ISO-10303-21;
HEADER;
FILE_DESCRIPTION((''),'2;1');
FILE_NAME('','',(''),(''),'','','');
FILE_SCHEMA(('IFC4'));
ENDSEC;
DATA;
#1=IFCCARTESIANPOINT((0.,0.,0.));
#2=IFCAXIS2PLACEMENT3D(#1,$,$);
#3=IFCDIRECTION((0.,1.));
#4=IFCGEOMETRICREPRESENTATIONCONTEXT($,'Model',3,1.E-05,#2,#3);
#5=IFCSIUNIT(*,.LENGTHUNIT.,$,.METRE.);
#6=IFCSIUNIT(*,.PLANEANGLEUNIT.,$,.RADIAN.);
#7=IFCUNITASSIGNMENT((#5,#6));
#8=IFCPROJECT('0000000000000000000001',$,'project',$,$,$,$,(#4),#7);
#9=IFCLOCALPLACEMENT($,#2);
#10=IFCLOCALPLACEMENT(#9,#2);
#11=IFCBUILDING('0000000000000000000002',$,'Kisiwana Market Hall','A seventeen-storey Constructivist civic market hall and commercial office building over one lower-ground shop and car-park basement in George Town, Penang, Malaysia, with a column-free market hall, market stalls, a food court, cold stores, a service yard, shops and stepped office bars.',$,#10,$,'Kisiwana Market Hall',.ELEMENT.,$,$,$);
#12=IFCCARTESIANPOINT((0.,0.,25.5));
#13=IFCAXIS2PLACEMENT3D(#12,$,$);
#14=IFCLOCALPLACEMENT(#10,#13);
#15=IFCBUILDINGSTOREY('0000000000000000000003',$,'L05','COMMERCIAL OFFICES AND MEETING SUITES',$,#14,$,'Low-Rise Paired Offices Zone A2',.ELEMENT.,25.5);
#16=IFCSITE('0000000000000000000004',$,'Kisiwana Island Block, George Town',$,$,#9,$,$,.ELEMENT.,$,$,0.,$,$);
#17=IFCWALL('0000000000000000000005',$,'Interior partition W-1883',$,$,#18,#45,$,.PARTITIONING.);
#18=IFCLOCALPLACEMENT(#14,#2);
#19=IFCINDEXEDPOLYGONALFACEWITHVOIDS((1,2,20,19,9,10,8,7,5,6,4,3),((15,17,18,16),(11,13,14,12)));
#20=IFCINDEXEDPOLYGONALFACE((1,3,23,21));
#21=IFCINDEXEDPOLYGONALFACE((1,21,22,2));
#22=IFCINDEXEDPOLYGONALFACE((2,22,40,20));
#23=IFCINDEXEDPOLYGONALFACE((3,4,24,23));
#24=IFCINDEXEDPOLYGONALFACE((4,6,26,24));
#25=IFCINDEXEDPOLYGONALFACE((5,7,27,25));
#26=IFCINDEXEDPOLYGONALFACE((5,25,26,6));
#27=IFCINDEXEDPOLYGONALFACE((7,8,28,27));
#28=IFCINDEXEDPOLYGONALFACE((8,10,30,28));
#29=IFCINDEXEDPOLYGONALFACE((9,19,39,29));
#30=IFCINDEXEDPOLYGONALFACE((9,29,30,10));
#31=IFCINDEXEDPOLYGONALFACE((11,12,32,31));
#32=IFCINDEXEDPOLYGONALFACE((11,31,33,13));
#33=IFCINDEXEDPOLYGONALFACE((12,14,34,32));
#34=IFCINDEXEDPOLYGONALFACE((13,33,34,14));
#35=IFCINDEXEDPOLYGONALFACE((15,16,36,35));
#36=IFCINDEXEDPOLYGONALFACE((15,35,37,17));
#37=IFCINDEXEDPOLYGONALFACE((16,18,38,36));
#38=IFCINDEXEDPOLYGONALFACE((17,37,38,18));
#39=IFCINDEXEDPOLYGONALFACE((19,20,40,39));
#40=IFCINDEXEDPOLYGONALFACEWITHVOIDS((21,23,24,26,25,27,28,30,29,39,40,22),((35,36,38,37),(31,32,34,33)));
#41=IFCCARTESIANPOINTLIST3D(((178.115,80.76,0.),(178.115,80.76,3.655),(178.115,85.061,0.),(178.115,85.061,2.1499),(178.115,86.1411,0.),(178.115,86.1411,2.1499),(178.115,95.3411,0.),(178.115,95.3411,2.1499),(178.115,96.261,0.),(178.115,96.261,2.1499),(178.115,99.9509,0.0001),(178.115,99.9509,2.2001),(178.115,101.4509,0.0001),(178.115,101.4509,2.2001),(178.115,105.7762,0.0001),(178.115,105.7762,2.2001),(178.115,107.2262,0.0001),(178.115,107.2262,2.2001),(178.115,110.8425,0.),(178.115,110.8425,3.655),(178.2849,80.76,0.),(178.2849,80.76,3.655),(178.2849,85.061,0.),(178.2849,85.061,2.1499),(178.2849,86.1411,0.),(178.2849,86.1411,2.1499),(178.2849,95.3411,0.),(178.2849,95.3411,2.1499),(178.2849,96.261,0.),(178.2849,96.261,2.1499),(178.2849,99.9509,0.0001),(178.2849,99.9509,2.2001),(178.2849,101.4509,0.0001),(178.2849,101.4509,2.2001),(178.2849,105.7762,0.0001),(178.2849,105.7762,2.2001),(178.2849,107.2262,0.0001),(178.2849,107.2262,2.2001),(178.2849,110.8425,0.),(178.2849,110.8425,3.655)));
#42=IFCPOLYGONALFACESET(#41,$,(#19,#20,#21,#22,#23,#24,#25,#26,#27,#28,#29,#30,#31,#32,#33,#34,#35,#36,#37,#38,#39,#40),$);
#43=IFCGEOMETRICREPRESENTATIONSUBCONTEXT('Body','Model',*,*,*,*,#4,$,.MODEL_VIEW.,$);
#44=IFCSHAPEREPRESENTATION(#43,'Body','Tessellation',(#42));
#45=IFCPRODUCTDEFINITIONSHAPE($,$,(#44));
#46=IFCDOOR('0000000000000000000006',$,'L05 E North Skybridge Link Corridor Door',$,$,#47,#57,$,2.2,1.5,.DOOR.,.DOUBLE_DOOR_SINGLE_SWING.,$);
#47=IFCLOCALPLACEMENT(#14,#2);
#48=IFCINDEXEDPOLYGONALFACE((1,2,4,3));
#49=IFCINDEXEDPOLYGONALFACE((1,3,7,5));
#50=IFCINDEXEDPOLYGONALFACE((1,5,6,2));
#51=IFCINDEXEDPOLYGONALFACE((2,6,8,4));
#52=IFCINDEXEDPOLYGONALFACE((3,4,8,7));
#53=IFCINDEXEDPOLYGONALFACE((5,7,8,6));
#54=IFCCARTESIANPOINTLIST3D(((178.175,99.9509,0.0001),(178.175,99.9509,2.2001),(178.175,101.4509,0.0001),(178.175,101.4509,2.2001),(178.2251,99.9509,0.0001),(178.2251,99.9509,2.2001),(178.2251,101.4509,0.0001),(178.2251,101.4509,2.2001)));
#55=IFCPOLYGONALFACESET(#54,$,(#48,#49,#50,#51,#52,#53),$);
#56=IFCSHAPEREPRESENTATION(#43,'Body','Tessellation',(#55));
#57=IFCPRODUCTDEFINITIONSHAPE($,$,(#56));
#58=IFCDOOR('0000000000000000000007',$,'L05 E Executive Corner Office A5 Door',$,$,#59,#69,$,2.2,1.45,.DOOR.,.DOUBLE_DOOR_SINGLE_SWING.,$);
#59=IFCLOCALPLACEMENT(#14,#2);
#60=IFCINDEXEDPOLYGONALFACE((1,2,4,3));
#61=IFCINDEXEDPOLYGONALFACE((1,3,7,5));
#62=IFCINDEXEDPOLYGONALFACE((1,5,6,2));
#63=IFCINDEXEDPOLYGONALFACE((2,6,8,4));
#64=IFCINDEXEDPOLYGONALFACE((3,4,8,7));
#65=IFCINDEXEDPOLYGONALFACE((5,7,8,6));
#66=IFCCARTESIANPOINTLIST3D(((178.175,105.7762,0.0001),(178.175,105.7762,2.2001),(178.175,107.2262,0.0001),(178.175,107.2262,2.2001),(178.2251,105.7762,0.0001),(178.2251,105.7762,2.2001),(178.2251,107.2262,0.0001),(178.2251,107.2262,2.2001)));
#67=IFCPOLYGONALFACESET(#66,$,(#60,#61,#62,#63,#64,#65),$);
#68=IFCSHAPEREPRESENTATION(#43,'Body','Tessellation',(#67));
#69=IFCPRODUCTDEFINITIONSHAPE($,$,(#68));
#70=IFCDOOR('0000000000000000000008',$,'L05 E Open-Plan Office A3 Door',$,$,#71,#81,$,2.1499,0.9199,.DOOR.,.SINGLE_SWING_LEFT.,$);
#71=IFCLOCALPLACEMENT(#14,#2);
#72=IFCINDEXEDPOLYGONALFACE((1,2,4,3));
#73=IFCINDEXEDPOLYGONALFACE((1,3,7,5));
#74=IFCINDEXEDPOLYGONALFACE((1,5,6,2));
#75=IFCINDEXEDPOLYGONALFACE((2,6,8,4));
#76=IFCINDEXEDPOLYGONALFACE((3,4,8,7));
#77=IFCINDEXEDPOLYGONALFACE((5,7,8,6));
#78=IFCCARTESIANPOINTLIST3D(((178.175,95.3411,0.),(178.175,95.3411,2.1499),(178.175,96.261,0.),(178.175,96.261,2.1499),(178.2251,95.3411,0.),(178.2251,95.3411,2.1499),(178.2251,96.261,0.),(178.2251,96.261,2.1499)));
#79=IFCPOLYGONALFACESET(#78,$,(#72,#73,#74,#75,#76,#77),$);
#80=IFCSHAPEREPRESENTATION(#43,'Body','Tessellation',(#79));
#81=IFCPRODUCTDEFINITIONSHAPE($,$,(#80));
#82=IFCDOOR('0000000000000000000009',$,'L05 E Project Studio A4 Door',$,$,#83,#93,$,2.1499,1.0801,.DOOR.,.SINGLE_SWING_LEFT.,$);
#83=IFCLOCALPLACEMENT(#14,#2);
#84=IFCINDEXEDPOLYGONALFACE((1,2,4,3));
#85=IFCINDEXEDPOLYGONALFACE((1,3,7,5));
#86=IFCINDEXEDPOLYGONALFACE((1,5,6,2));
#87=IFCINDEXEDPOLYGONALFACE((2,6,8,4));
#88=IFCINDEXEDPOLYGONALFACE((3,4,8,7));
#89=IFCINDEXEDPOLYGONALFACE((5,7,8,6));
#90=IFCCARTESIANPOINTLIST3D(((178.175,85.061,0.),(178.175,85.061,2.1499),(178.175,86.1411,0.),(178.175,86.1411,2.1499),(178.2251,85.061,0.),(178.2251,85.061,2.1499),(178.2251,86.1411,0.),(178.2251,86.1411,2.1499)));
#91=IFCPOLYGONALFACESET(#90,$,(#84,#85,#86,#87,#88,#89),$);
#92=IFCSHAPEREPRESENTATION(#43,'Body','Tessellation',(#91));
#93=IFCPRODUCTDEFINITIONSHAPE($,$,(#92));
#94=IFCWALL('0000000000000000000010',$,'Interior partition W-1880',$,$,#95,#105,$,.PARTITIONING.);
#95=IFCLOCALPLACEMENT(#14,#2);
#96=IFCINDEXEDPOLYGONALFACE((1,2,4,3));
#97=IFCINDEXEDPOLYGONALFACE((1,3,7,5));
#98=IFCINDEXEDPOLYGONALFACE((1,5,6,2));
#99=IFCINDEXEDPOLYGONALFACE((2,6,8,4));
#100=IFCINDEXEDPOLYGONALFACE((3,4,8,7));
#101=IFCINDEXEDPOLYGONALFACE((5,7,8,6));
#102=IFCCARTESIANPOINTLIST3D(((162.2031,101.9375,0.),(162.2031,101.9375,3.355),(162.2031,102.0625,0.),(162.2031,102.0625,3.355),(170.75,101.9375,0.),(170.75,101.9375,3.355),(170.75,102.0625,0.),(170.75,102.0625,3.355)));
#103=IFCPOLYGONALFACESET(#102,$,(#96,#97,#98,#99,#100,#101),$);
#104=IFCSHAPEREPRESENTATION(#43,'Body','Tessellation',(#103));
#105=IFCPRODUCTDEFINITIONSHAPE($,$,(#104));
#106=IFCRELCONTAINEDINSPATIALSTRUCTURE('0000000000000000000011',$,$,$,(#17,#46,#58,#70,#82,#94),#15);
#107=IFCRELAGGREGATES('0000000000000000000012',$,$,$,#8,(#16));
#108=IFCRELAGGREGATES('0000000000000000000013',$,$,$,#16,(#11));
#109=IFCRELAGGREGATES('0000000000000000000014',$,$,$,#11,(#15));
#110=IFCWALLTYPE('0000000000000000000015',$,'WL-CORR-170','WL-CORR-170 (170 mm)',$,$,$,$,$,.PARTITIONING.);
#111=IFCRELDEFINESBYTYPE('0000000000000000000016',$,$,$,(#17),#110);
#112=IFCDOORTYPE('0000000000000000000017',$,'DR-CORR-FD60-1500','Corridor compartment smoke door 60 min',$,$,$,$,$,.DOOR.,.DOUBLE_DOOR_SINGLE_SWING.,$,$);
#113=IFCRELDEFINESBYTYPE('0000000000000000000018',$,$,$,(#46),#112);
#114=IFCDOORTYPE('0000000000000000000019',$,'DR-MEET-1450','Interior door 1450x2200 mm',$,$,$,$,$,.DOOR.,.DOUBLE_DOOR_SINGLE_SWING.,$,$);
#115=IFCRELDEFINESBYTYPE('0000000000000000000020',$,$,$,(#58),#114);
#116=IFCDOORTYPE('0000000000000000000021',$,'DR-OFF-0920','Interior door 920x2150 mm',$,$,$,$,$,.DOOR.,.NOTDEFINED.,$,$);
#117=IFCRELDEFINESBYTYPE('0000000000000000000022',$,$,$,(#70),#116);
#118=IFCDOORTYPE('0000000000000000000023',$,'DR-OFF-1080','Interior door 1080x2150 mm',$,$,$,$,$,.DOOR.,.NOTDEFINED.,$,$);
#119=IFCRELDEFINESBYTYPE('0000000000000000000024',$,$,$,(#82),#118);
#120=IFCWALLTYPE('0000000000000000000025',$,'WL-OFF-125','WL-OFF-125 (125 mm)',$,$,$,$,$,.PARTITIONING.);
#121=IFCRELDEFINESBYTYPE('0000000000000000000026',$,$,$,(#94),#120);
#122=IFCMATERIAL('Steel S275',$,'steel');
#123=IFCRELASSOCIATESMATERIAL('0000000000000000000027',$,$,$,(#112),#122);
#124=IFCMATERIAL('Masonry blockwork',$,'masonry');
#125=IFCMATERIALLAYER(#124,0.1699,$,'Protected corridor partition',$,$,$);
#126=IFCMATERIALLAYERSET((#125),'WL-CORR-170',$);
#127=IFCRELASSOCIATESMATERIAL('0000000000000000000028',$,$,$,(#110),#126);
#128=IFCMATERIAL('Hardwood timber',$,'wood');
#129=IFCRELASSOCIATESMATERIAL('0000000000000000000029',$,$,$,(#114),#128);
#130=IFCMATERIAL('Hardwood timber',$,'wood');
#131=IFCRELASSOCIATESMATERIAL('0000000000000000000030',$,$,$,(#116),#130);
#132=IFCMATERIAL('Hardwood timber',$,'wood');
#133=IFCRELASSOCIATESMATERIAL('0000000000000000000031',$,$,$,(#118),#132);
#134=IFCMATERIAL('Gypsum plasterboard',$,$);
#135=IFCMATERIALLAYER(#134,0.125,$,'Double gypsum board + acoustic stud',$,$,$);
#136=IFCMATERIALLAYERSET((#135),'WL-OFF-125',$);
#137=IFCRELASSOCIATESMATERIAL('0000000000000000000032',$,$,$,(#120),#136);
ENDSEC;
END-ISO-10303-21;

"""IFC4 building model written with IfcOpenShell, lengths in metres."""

from ifc_helpers import new_model, si_unit, direction, frame, frame_2d, origin, place, context, subcontext, project, spatial, rectangle, extrude, material, layer, layer_set, type_object, element, fill, save


model = new_model("IFC4")

# Units and contexts
model_context = context("Model", 3, precision=1e-05, world=origin(), true_north=direction((0.0, 1.0)))
body_context = subcontext(model_context, "Body", "Model", "MODEL_VIEW")
ifc_project = project(units=[si_unit("LENGTHUNIT", "METRE"), si_unit("PLANEANGLEUNIT", "RADIAN")], contexts=[model_context])

# Site, building, storey
site_placement = place(None, origin())
site = spatial("IfcSite", under=ifc_project, at=site_placement, Name="Kisiwana Island Block, George Town", CompositionType="ELEMENT", RefElevation=0.0)
building_placement = place(site_placement, origin())
building = spatial("IfcBuilding", under=site, at=building_placement, Name="Kisiwana Market Hall", Description="A seventeen-storey Constructivist civic market hall and commercial office building over one lower-ground shop and car-park basement in George Town, Penang, Malaysia, with a column-free market hall, market stalls, a food court, cold stores, a service yard, shops and stepped office bars.", LongName="Kisiwana Market Hall", CompositionType="ELEMENT")
storey_placement = place(building_placement, frame((0.0, 0.0, 25.5)))
storey = spatial("IfcBuildingStorey", under=building, at=storey_placement, Name="L05", Description="COMMERCIAL OFFICES AND MEETING SUITES", LongName="Low-Rise Paired Offices Zone A2", CompositionType="ELEMENT", Elevation=25.5)

# Shared definitions
ifc_material_1 = material(Name="Steel S275", Category="steel")
door_type_1 = type_object("IfcDoorType", Name="DR-CORR-FD60-1500", Description="Corridor compartment smoke door 60 min", OperationType="DOUBLE_DOOR_SINGLE_SWING", PredefinedType="DOOR", material=ifc_material_1)

# Wall, openings, doors
ifc_material_2 = material(Name="Masonry blockwork", Category="masonry")
ifc_layer_1 = layer(ifc_material_2, 0.1699, Name="Protected corridor partition")
ifc_layer_set_1 = layer_set([ifc_layer_1], Name="WL-CORR-170")
wall_type_1 = type_object("IfcWallType", Name="WL-CORR-170", Description="WL-CORR-170 (170 mm)", PredefinedType="PARTITIONING", material=ifc_layer_set_1)
wall_1_placement = place(storey_placement, frame((178.2, 80.76, 0.0), z_axis=(0.0, 0.0, 1.0), x_axis=(0.0, 1.0, 0.0)))
wall_1 = element("IfcWall", 1, at=wall_1_placement, inside=storey, type_object=wall_type_1, Name="Interior partition W-1883", PredefinedType="PARTITIONING", context=body_context, shape_type="SweptSolid", body=[
    extrude(rectangle(XDim=30.0825, YDim=0.1699, at=frame_2d((15.0413, 0.0))), origin(), (0.0, 0.0, 1.0), 3.655),
])
opening_1_placement = place(wall_1_placement, frame((4.301, 0.0, 0.0)))
opening_1 = element("IfcOpeningElement", 2, at=opening_1_placement, cuts=wall_1, PredefinedType="OPENING", context=body_context, shape_type="SweptSolid", body=[
    extrude(rectangle(XDim=1.0801, YDim=2.1499, at=frame_2d((0.54, 1.075))), frame((0.0, 0.0969, 0.0), z_axis=(0.0, -1.0, 0.0), x_axis=(1.0, 0.0, 0.0)), (0.0, 0.0, 1.0), 0.1938),
])
opening_2_placement = place(wall_1_placement, frame((19.1909, 0.0, 0.0)))
opening_2 = element("IfcOpeningElement", 3, at=opening_2_placement, cuts=wall_1, PredefinedType="OPENING", context=body_context, shape_type="SweptSolid", body=[
    extrude(rectangle(XDim=1.5, YDim=2.2, at=frame_2d((0.75, 1.1001))), frame((0.0, 0.0969, 0.0), z_axis=(0.0, -1.0, 0.0), x_axis=(1.0, 0.0, 0.0)), (0.0, 0.0, 1.0), 0.1938),
])
opening_3_placement = place(wall_1_placement, frame((25.0161, 0.0, 0.0)))
opening_3 = element("IfcOpeningElement", 4, at=opening_3_placement, cuts=wall_1, PredefinedType="OPENING", context=body_context, shape_type="SweptSolid", body=[
    extrude(rectangle(XDim=1.45, YDim=2.2, at=frame_2d((0.7251, 1.1001))), frame((0.0, 0.0969, 0.0), z_axis=(0.0, -1.0, 0.0), x_axis=(1.0, 0.0, 0.0)), (0.0, 0.0, 1.0), 0.1938),
])
opening_4_placement = place(wall_1_placement, frame((14.5811, 0.0, 0.0)))
opening_4 = element("IfcOpeningElement", 5, at=opening_4_placement, cuts=wall_1, PredefinedType="OPENING", context=body_context, shape_type="SweptSolid", body=[
    extrude(rectangle(XDim=0.9199, YDim=2.1499, at=frame_2d((0.46, 1.075))), frame((0.0, 0.0969, 0.0), z_axis=(0.0, -1.0, 0.0), x_axis=(1.0, 0.0, 0.0)), (0.0, 0.0, 1.0), 0.1938),
])
door_1_placement = place(opening_2_placement, origin())
door_1 = element("IfcDoor", 6, at=door_1_placement, inside=storey, type_object=door_type_1, Name="L05 E North Skybridge Link Corridor Door", OperationType="DOUBLE_DOOR_SINGLE_SWING", OverallHeight=2.2, OverallWidth=1.5, PredefinedType="DOOR", context=body_context, shape_type="SweptSolid", body=[
    extrude(rectangle(XDim=1.5, YDim=2.2, at=frame_2d((0.75, 1.1001))), frame((0.0, 0.0249, 0.0), z_axis=(0.0, -1.0, 0.0), x_axis=(1.0, 0.0, 0.0)), (0.0, 0.0, 1.0), 0.05),
])
fill(opening_2, door_1)
ifc_material_3 = material(Name="Hardwood timber", Category="wood")
door_type_2 = type_object("IfcDoorType", Name="DR-MEET-1450", Description="Interior door 1450x2200 mm", OperationType="DOUBLE_DOOR_SINGLE_SWING", PredefinedType="DOOR", material=ifc_material_3)
door_2_placement = place(opening_3_placement, origin())
door_2 = element("IfcDoor", 7, at=door_2_placement, inside=storey, type_object=door_type_2, Name="L05 E Executive Corner Office A5 Door", OperationType="DOUBLE_DOOR_SINGLE_SWING", OverallHeight=2.2, OverallWidth=1.45, PredefinedType="DOOR", context=body_context, shape_type="SweptSolid", body=[
    extrude(rectangle(XDim=1.45, YDim=2.2, at=frame_2d((0.7251, 1.1001))), frame((0.0, 0.0249, 0.0), z_axis=(0.0, -1.0, 0.0), x_axis=(1.0, 0.0, 0.0)), (0.0, 0.0, 1.0), 0.05),
])
fill(opening_3, door_2)
ifc_material_4 = material(Name="Hardwood timber", Category="wood")
door_type_3 = type_object("IfcDoorType", Name="DR-OFF-0920", Description="Interior door 920x2150 mm", OperationType="NOTDEFINED", PredefinedType="DOOR", material=ifc_material_4)
door_3_placement = place(opening_4_placement, origin())
door_3 = element("IfcDoor", 8, at=door_3_placement, inside=storey, type_object=door_type_3, Name="L05 E Open-Plan Office A3 Door", OperationType="SINGLE_SWING_LEFT", OverallHeight=2.1499, OverallWidth=0.9199, PredefinedType="DOOR", context=body_context, shape_type="SweptSolid", body=[
    extrude(rectangle(XDim=0.9199, YDim=2.1499, at=frame_2d((0.46, 1.075))), frame((0.0, 0.0249, 0.0), z_axis=(0.0, -1.0, 0.0), x_axis=(1.0, 0.0, 0.0)), (0.0, 0.0, 1.0), 0.05),
])
fill(opening_4, door_3)
ifc_material_5 = material(Name="Hardwood timber", Category="wood")
door_type_4 = type_object("IfcDoorType", Name="DR-OFF-1080", Description="Interior door 1080x2150 mm", OperationType="NOTDEFINED", PredefinedType="DOOR", material=ifc_material_5)
door_4_placement = place(opening_1_placement, origin())
door_4 = element("IfcDoor", 9, at=door_4_placement, inside=storey, type_object=door_type_4, Name="L05 E Project Studio A4 Door", OperationType="SINGLE_SWING_LEFT", OverallHeight=2.1499, OverallWidth=1.0801, PredefinedType="DOOR", context=body_context, shape_type="SweptSolid", body=[
    extrude(rectangle(XDim=1.0801, YDim=2.1499, at=frame_2d((0.54, 1.075))), frame((0.0, 0.0249, 0.0), z_axis=(0.0, -1.0, 0.0), x_axis=(1.0, 0.0, 0.0)), (0.0, 0.0, 1.0), 0.05),
])
fill(opening_1, door_4)

# Wall
ifc_material_6 = material(Name="Gypsum plasterboard")
ifc_layer_2 = layer(ifc_material_6, 0.125, Name="Double gypsum board + acoustic stud")
ifc_layer_set_2 = layer_set([ifc_layer_2], Name="WL-OFF-125")
wall_type_2 = type_object("IfcWallType", Name="WL-OFF-125", Description="WL-OFF-125 (125 mm)", PredefinedType="PARTITIONING", material=ifc_layer_set_2)
wall_2_placement = place(storey_placement, frame((162.2031, 102.0, 0.0), z_axis=(0.0, 0.0, 1.0), x_axis=(1.0, 0.0, 0.0)))
element("IfcWall", 10, at=wall_2_placement, inside=storey, type_object=wall_type_2, Name="Interior partition W-1880", PredefinedType="PARTITIONING", context=body_context, shape_type="SweptSolid", body=[
    extrude(rectangle(XDim=8.5469, YDim=0.125, at=frame_2d((4.2734, 0.0))), origin(), (0.0, 0.0, 1.0), 3.355),
])

save(model, "model.ifc")
